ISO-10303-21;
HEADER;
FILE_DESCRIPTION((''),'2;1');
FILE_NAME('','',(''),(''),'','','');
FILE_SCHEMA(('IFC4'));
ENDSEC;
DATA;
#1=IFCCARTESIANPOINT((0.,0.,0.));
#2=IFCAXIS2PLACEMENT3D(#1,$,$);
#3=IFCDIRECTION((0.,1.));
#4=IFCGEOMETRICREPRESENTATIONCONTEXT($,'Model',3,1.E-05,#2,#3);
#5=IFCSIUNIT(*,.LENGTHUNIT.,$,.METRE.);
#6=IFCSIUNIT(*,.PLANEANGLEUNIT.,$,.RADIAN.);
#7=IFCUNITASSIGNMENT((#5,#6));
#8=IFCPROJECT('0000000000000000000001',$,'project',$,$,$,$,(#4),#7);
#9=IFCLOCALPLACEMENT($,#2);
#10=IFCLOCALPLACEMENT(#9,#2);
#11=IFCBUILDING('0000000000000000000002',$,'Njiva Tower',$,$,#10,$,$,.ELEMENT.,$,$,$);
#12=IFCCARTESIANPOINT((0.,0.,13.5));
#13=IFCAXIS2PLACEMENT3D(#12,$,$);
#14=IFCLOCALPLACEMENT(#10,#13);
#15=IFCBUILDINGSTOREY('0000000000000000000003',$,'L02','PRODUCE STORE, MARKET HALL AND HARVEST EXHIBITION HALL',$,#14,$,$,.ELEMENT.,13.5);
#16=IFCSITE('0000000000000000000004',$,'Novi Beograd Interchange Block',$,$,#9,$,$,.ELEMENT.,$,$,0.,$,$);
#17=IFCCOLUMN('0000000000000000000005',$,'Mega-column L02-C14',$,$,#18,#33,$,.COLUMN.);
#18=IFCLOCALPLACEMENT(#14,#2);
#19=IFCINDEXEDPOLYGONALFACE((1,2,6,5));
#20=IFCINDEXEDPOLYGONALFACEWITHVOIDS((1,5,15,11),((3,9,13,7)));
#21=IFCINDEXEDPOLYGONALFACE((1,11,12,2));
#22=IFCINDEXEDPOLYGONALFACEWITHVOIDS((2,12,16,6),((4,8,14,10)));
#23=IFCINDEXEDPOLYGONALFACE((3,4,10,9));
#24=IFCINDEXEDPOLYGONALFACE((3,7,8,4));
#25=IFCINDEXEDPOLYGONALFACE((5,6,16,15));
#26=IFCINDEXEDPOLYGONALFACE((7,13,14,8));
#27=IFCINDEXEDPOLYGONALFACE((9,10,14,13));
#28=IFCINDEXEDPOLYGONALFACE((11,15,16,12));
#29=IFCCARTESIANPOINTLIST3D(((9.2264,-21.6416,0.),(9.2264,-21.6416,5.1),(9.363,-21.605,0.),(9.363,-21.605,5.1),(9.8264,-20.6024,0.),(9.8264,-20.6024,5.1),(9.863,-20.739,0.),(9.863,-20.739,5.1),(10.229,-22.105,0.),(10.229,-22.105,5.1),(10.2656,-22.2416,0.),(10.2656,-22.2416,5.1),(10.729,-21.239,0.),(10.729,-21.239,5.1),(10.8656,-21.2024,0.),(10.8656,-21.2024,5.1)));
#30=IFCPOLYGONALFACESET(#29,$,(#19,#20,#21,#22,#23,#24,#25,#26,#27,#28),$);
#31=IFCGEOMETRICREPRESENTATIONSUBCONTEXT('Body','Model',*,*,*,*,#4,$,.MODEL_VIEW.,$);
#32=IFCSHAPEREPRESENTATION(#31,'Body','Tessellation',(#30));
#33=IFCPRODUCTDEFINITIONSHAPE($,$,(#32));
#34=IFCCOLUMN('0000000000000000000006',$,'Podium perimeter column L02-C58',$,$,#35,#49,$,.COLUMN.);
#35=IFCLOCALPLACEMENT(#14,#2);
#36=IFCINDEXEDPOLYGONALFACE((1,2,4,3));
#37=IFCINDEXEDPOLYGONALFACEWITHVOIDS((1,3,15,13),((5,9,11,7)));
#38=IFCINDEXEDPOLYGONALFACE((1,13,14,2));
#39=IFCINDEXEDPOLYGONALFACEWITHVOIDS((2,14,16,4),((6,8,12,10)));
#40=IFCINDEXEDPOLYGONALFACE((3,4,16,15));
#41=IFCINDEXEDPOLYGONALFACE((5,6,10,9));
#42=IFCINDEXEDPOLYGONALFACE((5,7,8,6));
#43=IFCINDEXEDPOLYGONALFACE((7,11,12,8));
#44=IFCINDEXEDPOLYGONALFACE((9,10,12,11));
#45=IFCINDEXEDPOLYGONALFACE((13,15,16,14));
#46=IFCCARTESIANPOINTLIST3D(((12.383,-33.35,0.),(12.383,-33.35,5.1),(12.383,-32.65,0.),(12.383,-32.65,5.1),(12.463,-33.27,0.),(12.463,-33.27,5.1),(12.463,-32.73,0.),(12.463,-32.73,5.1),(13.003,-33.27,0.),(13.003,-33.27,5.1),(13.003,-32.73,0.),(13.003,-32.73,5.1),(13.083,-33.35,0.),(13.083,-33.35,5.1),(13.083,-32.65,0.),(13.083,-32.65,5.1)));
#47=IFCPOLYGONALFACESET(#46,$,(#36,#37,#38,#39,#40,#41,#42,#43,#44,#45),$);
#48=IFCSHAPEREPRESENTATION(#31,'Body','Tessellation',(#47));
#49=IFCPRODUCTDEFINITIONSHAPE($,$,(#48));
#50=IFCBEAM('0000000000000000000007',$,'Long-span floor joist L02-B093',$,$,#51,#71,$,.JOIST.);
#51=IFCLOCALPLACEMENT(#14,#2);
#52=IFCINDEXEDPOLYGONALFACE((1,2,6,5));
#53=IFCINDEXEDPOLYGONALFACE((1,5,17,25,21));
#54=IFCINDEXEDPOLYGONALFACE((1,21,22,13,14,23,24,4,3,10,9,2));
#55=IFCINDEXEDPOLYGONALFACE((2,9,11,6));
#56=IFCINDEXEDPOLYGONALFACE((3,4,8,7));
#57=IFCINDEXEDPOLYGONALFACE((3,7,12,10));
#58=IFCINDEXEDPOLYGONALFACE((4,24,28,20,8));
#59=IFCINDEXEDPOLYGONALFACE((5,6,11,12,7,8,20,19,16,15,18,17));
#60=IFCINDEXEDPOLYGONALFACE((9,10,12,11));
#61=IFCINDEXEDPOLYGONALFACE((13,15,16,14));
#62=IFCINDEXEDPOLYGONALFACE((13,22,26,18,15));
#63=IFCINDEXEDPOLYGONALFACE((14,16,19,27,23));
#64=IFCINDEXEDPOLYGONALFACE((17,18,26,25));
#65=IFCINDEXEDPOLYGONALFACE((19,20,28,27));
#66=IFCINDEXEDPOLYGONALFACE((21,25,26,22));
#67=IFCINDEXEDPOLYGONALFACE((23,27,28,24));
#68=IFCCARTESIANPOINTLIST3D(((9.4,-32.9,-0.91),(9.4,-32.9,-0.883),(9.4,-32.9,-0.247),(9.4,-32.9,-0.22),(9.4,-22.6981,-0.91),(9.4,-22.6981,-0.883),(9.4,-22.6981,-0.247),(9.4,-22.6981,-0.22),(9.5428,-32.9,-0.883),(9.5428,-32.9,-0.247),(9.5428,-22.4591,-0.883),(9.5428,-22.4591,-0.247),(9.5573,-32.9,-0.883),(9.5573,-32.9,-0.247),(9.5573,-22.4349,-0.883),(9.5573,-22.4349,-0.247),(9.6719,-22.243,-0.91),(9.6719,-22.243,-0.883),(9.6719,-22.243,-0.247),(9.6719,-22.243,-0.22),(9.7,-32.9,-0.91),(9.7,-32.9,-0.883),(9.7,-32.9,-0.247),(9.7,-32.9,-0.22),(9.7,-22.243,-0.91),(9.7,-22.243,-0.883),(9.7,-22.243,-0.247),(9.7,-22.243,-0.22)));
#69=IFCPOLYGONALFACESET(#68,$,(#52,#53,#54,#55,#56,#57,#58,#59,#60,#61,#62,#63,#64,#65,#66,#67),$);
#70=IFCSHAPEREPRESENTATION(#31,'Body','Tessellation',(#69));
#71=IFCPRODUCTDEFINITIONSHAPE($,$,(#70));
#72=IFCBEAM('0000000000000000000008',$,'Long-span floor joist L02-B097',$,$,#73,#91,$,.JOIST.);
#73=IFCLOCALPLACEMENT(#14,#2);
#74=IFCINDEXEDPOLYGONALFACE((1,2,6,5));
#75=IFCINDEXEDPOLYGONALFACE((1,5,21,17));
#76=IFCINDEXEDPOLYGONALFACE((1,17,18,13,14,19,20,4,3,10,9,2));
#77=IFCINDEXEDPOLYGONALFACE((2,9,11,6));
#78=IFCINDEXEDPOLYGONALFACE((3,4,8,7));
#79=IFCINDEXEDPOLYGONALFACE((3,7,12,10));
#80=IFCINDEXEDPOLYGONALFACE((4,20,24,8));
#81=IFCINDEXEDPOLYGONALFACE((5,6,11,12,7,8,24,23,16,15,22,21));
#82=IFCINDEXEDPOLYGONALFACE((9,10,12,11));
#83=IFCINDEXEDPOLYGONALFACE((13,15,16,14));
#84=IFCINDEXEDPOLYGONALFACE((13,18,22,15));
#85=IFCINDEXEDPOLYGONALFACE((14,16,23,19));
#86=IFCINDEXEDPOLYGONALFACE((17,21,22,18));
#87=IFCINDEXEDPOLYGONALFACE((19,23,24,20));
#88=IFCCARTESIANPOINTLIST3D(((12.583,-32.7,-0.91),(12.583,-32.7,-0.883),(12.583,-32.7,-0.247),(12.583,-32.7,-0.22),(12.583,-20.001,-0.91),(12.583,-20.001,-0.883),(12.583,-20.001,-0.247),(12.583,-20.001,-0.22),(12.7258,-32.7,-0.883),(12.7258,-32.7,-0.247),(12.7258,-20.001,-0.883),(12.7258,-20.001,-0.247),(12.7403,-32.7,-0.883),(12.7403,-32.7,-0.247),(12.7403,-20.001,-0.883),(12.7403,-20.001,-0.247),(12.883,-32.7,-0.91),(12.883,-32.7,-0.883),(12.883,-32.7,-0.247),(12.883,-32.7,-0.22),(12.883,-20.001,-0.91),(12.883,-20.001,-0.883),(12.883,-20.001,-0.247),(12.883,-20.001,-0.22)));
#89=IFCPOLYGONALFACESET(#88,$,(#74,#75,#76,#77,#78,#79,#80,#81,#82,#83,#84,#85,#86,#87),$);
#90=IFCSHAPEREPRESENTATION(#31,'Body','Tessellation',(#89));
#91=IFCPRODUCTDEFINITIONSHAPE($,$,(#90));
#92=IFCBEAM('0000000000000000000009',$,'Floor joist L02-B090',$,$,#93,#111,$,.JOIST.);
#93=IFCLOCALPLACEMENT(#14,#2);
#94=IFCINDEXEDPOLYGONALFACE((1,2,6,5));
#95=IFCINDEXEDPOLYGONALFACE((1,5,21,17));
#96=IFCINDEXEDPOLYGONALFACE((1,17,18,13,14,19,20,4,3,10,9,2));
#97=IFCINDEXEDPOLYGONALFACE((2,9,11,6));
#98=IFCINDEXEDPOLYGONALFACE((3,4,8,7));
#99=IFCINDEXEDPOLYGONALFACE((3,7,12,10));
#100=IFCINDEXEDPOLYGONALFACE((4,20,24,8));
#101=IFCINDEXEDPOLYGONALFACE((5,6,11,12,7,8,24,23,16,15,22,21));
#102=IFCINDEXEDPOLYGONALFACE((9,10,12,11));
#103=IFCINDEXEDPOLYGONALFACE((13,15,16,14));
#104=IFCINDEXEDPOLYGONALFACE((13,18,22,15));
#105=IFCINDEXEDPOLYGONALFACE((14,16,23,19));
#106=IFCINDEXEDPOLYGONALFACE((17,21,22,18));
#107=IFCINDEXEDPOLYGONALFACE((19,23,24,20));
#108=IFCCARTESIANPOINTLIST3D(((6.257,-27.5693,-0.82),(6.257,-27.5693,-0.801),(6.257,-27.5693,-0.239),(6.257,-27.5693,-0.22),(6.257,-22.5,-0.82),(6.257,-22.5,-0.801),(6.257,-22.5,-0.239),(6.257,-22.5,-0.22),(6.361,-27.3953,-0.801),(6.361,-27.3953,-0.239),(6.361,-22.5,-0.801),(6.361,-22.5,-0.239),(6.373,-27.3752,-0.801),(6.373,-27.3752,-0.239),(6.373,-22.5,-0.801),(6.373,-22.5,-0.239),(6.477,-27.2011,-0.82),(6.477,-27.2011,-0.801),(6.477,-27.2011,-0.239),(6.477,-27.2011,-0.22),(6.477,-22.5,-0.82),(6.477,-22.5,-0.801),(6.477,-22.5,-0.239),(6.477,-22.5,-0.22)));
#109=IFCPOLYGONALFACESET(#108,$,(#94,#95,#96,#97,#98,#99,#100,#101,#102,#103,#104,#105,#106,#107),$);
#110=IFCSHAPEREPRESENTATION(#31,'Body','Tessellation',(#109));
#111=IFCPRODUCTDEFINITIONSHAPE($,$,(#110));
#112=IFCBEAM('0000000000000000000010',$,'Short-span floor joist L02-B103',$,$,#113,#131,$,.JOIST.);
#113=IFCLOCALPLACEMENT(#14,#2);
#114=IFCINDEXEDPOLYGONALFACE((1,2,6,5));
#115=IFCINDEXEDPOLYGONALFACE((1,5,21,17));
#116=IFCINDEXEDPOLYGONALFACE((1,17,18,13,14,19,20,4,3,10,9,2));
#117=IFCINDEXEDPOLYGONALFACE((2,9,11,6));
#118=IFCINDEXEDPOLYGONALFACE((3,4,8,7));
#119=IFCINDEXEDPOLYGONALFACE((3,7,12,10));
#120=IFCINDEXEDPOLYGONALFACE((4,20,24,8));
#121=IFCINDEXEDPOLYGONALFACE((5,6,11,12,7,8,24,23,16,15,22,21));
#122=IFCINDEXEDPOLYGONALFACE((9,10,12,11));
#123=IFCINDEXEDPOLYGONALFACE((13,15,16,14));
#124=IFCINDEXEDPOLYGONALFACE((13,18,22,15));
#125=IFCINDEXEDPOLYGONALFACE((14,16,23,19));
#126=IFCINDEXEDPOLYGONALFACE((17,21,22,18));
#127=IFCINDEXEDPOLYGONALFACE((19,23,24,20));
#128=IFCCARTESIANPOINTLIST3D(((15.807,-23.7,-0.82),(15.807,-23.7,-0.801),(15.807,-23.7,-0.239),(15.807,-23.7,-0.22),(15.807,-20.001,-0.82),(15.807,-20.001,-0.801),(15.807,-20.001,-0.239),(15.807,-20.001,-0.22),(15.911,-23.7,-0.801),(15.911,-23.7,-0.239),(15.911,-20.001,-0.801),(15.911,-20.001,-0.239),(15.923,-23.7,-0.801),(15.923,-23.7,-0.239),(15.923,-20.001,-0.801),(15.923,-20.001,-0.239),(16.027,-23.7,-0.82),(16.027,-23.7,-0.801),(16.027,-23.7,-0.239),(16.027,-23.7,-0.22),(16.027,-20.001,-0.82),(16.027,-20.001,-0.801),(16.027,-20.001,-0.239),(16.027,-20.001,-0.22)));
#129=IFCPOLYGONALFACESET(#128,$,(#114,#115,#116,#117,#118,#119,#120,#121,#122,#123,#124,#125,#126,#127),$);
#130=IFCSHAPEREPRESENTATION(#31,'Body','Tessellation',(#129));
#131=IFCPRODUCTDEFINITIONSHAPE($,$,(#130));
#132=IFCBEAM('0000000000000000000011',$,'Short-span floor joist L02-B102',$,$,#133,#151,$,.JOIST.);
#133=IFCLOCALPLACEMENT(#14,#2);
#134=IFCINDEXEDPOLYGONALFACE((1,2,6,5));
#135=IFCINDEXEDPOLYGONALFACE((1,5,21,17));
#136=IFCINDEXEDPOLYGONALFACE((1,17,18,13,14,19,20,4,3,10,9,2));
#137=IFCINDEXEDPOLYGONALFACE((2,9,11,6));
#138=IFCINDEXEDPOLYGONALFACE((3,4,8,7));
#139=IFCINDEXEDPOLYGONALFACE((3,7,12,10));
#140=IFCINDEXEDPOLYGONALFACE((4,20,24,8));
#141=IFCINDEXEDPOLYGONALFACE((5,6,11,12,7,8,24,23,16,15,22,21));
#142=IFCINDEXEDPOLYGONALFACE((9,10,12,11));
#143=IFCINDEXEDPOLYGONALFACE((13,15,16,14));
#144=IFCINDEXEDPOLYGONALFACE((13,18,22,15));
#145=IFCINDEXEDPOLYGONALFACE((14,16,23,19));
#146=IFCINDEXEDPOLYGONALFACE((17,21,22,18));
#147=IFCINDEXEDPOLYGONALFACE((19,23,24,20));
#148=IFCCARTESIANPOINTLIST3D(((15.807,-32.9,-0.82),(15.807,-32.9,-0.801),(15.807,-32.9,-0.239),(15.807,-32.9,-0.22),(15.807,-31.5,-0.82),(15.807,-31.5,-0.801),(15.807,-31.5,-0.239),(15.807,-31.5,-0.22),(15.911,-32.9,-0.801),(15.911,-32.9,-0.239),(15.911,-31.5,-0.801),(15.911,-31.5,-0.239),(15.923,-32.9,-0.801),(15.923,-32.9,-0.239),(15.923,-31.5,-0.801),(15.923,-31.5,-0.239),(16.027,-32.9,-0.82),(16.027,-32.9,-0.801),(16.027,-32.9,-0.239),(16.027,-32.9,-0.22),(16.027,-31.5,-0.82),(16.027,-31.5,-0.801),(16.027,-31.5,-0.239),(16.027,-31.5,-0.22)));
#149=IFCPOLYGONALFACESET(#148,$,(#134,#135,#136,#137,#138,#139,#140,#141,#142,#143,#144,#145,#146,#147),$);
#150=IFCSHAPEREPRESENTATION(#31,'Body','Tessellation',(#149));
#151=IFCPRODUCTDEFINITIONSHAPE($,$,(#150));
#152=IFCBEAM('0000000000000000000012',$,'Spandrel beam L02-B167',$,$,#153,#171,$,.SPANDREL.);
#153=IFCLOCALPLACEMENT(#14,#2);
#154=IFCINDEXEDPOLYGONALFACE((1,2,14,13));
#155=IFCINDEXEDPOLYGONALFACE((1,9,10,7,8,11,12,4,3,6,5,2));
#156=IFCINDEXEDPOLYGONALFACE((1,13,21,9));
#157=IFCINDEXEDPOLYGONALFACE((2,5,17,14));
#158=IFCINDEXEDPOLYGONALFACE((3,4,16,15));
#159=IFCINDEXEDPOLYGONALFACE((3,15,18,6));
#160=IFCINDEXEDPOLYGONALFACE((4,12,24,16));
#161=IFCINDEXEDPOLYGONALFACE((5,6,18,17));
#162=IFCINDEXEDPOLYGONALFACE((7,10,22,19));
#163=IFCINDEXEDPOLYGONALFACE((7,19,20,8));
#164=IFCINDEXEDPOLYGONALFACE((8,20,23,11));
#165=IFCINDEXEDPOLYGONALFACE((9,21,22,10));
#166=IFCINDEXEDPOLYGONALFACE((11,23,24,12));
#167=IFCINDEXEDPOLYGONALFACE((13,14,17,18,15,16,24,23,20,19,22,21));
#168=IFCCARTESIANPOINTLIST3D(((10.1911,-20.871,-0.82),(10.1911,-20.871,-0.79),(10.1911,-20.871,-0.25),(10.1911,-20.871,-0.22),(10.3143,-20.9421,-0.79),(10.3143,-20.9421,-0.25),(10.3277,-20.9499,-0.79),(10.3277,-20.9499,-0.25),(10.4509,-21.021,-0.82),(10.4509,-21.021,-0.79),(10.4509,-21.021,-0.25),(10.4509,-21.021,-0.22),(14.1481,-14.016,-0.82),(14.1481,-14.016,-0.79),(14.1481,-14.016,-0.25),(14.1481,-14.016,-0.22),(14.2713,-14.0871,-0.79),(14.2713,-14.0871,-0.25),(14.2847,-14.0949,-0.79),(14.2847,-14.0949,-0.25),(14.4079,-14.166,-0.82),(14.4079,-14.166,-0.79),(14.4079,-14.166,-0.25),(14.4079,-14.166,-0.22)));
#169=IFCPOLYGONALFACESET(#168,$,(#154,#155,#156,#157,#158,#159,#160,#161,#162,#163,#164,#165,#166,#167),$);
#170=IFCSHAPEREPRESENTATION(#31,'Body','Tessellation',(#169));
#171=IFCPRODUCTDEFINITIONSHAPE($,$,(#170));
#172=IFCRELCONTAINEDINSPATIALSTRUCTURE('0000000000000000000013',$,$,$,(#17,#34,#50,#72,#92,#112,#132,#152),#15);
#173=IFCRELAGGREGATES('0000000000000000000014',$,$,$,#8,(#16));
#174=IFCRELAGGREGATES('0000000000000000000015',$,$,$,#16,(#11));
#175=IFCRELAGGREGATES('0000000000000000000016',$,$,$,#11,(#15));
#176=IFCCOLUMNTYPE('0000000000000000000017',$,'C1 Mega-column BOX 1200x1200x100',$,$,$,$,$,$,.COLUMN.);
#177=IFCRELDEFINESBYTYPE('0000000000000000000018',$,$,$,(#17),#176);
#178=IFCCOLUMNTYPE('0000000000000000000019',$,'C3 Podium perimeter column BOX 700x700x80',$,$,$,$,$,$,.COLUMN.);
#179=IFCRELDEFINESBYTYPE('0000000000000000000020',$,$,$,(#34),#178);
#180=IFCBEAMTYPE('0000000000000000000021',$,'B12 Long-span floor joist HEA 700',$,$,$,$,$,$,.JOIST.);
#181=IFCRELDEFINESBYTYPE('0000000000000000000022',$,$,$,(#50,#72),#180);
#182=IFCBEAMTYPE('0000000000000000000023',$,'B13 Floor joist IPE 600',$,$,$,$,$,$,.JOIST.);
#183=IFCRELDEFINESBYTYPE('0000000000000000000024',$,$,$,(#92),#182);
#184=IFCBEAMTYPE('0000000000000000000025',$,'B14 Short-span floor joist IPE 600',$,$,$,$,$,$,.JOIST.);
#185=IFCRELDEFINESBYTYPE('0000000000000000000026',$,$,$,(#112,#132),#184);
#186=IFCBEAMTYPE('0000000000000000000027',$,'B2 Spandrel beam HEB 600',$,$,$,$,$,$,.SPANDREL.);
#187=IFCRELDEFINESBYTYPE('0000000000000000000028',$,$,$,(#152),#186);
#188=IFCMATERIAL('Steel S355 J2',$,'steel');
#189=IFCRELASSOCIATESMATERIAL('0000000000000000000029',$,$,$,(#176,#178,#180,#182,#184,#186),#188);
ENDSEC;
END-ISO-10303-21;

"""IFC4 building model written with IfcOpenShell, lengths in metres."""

from ifc_helpers import new_model, si_unit, direction, frame, origin, origin_2d, place, context, subcontext, project, spatial, hollow_rectangle, i_section, extrude, clip, halfspace, material, material_profile, profile_set, type_object, element, save


model = new_model("IFC4")

# Units and contexts
model_context = context("Model", 3, precision=1e-05, world=origin(), true_north=direction((0.0, 1.0)))
body_context = subcontext(model_context, "Body", "Model", "MODEL_VIEW")
ifc_project = project(units=[si_unit("LENGTHUNIT", "METRE"), si_unit("PLANEANGLEUNIT", "RADIAN")], contexts=[model_context])

# Site, building, storey
site_placement = place(None, origin())
site = spatial("IfcSite", under=ifc_project, at=site_placement, Name="Novi Beograd Interchange Block", CompositionType="ELEMENT", RefElevation=0.0)
building_placement = place(site_placement, origin())
building = spatial("IfcBuilding", under=site, at=building_placement, Name="Njiva Tower", CompositionType="ELEMENT")
storey_placement = place(building_placement, frame((0.0, 0.0, 13.5)))
storey = spatial("IfcBuildingStorey", under=building, at=storey_placement, Name="L02", Description="PRODUCE STORE, MARKET HALL AND HARVEST EXHIBITION HALL", CompositionType="ELEMENT", Elevation=13.5)

# Columns
ifc_material_1 = material(Name="Steel S355 J2", Category="steel")
ifc_material_profile_1 = material_profile(ifc_material_1, hollow_rectangle(XDim=1.2, YDim=1.2, WallThickness=0.1, at=origin_2d()), Name="BOX 1200x1200x100")
ifc_profile_set_1 = profile_set([ifc_material_profile_1], Name="Steel S355 J2")
column_type_1 = type_object("IfcColumnType", Name="C1 Mega-column BOX 1200x1200x100", PredefinedType="COLUMN", material=ifc_profile_set_1)
column_1_placement = place(storey_placement, frame((10.046, -21.422, 0.0), z_axis=(0.0, 0.0, 1.0), x_axis=(0.5, 0.866025, 0.0)))
element("IfcColumn", 1, at=column_1_placement, inside=storey, type_object=column_type_1, Name="Mega-column L02-C14", PredefinedType="COLUMN", context=body_context, shape_type="SweptSolid", body=[
    extrude(hollow_rectangle(XDim=1.2, YDim=1.2, WallThickness=0.1, at=origin_2d()), origin(), (0.0, 0.0, 1.0), 5.1),
])
ifc_material_profile_2 = material_profile(ifc_material_1, hollow_rectangle(XDim=0.7, YDim=0.7, WallThickness=0.08, at=origin_2d()), Name="BOX 700x700x80")
ifc_profile_set_2 = profile_set([ifc_material_profile_2], Name="Steel S355 J2")
column_type_2 = type_object("IfcColumnType", Name="C3 Podium perimeter column BOX 700x700x80", PredefinedType="COLUMN", material=ifc_profile_set_2)
column_2_placement = place(storey_placement, frame((12.733, -33.0, 0.0), z_axis=(0.0, 0.0, 1.0), x_axis=(1.0, 0.0, 0.0)))
element("IfcColumn", 2, at=column_2_placement, inside=storey, type_object=column_type_2, Name="Podium perimeter column L02-C58", PredefinedType="COLUMN", context=body_context, shape_type="SweptSolid", body=[
    extrude(hollow_rectangle(XDim=0.7, YDim=0.7, WallThickness=0.08, at=origin_2d()), origin(), (0.0, 0.0, 1.0), 5.1),
])

# Beams
ifc_material_profile_3 = material_profile(ifc_material_1, i_section(OverallWidth=0.3, OverallDepth=0.69, WebThickness=0.0145, FlangeThickness=0.027, at=origin_2d()), Name="HEA 700")
ifc_profile_set_3 = profile_set([ifc_material_profile_3], Name="Steel S355 J2")
beam_type_1 = type_object("IfcBeamType", Name="B12 Long-span floor joist HEA 700", PredefinedType="JOIST", material=ifc_profile_set_3)
beam_1_placement = place(storey_placement, frame((9.55, -22.243, -0.565), z_axis=(0.0, -1.0, 0.0), x_axis=(1.0, 0.0, 0.0)))
element("IfcBeam", 3, at=beam_1_placement, inside=storey, type_object=beam_type_1, Name="Long-span floor joist L02-B093", PredefinedType="JOIST", context=body_context, shape_type="Clipping", body=[
    clip(extrude(i_section(OverallWidth=0.3, OverallDepth=0.69, WebThickness=0.0145, FlangeThickness=0.027, at=origin_2d()), origin(), (0.0, 0.0, 1.0), 10.657), halfspace(frame((-0.0429, 0.0, 0.2758), z_axis=(-0.858483, 0.0, -0.512842), x_axis=(0.0, -1.0, 0.0)), False)),
])
beam_2_placement = place(storey_placement, frame((12.733, -20.001, -0.565), z_axis=(0.0, -1.0, 0.0), x_axis=(1.0, 0.0, 0.0)))
element("IfcBeam", 4, at=beam_2_placement, inside=storey, type_object=beam_type_1, Name="Long-span floor joist L02-B097", PredefinedType="JOIST", context=body_context, shape_type="SweptSolid", body=[
    extrude(i_section(OverallWidth=0.3, OverallDepth=0.69, WebThickness=0.0145, FlangeThickness=0.027, at=origin_2d()), origin(), (0.0, 0.0, 1.0), 12.699),
])
ifc_material_profile_4 = material_profile(ifc_material_1, i_section(OverallWidth=0.22, OverallDepth=0.6, WebThickness=0.012, FlangeThickness=0.019, at=origin_2d()), Name="IPE 600")
ifc_profile_set_4 = profile_set([ifc_material_profile_4], Name="Steel S355 J2")
beam_type_2 = type_object("IfcBeamType", Name="B13 Floor joist IPE 600", PredefinedType="JOIST", material=ifc_profile_set_4)
beam_3_placement = place(storey_placement, frame((6.367, -22.5, -0.52), z_axis=(0.0, -1.0, 0.0), x_axis=(1.0, 0.0, 0.0)))
element("IfcBeam", 5, at=beam_3_placement, inside=storey, type_object=beam_type_2, Name="Floor joist L02-B090", PredefinedType="JOIST", context=body_context, shape_type="Clipping", body=[
    clip(extrude(i_section(OverallWidth=0.22, OverallDepth=0.6, WebThickness=0.012, FlangeThickness=0.019, at=origin_2d()), origin(), (0.0, 0.0, 1.0), 5.09), halfspace(frame((0.0426, 0.0, 4.8139), z_axis=(0.858483, 0.0, 0.512842), x_axis=(0.0, 1.0, 0.0)), False)),
])
ifc_material_profile_5 = material_profile(ifc_material_1, i_section(OverallWidth=0.22, OverallDepth=0.6, WebThickness=0.012, FlangeThickness=0.019, at=origin_2d()), Name="IPE 600")
ifc_profile_set_5 = profile_set([ifc_material_profile_5], Name="Steel S355 J2")
beam_type_3 = type_object("IfcBeamType", Name="B14 Short-span floor joist IPE 600", PredefinedType="JOIST", material=ifc_profile_set_5)
beam_4_placement = place(storey_placement, frame((15.917, -20.001, -0.52), z_axis=(0.0, -1.0, 0.0), x_axis=(1.0, 0.0, 0.0)))
element("IfcBeam", 6, at=beam_4_placement, inside=storey, type_object=beam_type_3, Name="Short-span floor joist L02-B103", PredefinedType="JOIST", context=body_context, shape_type="SweptSolid", body=[
    extrude(i_section(OverallWidth=0.22, OverallDepth=0.6, WebThickness=0.012, FlangeThickness=0.019, at=origin_2d()), origin(), (0.0, 0.0, 1.0), 3.699),
])
beam_5_placement = place(storey_placement, frame((15.917, -31.5, -0.52), z_axis=(0.0, -1.0, 0.0), x_axis=(1.0, 0.0, 0.0)))
element("IfcBeam", 7, at=beam_5_placement, inside=storey, type_object=beam_type_3, Name="Short-span floor joist L02-B102", PredefinedType="JOIST", context=body_context, shape_type="SweptSolid", body=[
    extrude(i_section(OverallWidth=0.22, OverallDepth=0.6, WebThickness=0.012, FlangeThickness=0.019, at=origin_2d()), origin(), (0.0, 0.0, 1.0), 1.4),
])
ifc_material_profile_6 = material_profile(ifc_material_1, i_section(OverallWidth=0.3, OverallDepth=0.6, WebThickness=0.0155, FlangeThickness=0.03, at=origin_2d()), Name="HEB 600")
ifc_profile_set_6 = profile_set([ifc_material_profile_6], Name="Steel S355 J2")
beam_type_4 = type_object("IfcBeamType", Name="B2 Spandrel beam HEB 600", PredefinedType="SPANDREL", material=ifc_profile_set_6)
beam_6_placement = place(storey_placement, frame((10.321, -20.946, -0.52), z_axis=(0.49993, 0.866066, 0.0), x_axis=(-0.866066, 0.49993, 0.0)))
element("IfcBeam", 8, at=beam_6_placement, inside=storey, type_object=beam_type_4, Name="Spandrel beam L02-B167", PredefinedType="SPANDREL", context=body_context, shape_type="SweptSolid", body=[
    extrude(i_section(OverallWidth=0.3, OverallDepth=0.6, WebThickness=0.0155, FlangeThickness=0.03, at=origin_2d()), origin(), (0.0, 0.0, 1.0), 7.9151),
])

save(model, "model.ifc")
